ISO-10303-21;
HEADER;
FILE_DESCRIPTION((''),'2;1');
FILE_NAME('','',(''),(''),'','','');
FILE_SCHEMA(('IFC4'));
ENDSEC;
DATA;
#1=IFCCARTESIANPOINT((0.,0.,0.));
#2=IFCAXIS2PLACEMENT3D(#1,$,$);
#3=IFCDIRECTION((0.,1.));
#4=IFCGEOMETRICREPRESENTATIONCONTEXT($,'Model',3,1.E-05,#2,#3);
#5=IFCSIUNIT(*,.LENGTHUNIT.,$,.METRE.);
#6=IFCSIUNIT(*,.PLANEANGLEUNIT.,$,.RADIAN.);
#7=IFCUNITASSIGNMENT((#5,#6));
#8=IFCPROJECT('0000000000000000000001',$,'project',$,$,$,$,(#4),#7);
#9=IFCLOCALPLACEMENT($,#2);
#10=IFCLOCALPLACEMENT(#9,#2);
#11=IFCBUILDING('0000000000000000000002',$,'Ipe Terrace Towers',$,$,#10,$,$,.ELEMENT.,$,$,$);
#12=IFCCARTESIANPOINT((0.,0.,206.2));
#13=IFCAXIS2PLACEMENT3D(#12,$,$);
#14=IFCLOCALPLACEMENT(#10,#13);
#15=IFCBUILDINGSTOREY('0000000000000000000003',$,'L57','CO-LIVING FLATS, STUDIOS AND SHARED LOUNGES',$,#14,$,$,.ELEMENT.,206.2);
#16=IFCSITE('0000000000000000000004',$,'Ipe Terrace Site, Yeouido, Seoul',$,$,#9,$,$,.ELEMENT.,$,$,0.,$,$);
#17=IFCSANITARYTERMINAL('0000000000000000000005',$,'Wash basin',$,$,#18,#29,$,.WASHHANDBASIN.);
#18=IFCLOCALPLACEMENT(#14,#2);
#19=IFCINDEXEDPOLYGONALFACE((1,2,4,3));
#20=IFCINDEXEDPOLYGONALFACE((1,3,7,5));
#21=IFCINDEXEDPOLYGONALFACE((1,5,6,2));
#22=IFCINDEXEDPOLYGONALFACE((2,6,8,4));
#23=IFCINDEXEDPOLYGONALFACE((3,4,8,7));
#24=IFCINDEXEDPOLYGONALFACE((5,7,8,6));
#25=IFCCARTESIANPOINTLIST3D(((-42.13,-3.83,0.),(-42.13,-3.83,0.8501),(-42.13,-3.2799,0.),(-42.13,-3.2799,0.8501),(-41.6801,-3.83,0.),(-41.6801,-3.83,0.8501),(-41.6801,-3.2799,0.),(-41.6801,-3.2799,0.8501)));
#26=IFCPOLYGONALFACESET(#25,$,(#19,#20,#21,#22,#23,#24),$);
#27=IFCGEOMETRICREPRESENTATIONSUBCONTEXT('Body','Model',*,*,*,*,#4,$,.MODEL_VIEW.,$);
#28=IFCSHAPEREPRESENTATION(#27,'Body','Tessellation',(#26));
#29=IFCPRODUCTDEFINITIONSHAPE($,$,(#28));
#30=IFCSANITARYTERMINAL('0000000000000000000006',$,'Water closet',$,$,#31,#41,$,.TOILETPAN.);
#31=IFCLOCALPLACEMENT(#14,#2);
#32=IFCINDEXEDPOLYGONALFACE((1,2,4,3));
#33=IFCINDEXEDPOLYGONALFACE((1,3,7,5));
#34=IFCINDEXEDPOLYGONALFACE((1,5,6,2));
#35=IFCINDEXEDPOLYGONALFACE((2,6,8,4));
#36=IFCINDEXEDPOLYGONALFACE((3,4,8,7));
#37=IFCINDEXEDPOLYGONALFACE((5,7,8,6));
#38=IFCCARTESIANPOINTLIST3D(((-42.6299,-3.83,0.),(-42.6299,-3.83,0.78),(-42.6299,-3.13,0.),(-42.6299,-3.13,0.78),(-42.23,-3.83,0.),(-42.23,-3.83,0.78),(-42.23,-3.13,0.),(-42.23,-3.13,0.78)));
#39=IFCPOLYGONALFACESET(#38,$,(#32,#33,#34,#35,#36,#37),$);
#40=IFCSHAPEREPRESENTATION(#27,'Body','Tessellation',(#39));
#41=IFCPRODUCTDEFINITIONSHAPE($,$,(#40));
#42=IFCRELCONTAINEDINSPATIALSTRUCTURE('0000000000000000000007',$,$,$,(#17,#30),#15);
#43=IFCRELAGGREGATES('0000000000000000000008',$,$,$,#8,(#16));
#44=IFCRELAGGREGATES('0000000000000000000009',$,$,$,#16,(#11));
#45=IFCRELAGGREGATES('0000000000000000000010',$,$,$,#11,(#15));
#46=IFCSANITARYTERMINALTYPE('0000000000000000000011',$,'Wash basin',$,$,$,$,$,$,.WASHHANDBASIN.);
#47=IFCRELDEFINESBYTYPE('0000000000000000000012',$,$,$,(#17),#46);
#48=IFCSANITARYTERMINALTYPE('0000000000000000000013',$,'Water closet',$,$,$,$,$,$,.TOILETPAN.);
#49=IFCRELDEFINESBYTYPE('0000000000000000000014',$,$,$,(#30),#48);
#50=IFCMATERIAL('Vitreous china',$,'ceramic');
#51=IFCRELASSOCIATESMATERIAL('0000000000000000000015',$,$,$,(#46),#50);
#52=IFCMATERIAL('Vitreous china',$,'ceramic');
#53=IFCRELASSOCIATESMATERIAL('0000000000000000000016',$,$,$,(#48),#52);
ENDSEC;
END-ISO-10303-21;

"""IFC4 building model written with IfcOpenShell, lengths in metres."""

from ifc_helpers import new_model, si_unit, direction, frame, origin, origin_2d, place, context, subcontext, project, spatial, rectangle, extrude, material, type_object, element, save


model = new_model("IFC4")

# Units and contexts
model_context = context("Model", 3, precision=1e-05, world=origin(), true_north=direction((0.0, 1.0)))
body_context = subcontext(model_context, "Body", "Model", "MODEL_VIEW")
ifc_project = project(units=[si_unit("LENGTHUNIT", "METRE"), si_unit("PLANEANGLEUNIT", "RADIAN")], contexts=[model_context])

# Site, building, storey
site_placement = place(None, origin())
site = spatial("IfcSite", under=ifc_project, at=site_placement, Name="Ipe Terrace Site, Yeouido, Seoul", CompositionType="ELEMENT", RefElevation=0.0)
building_placement = place(site_placement, origin())
building = spatial("IfcBuilding", under=site, at=building_placement, Name="Ipe Terrace Towers", CompositionType="ELEMENT")
storey_placement = place(building_placement, frame((0.0, 0.0, 206.2)))
storey = spatial("IfcBuildingStorey", under=building, at=storey_placement, Name="L57", Description="CO-LIVING FLATS, STUDIOS AND SHARED LOUNGES", CompositionType="ELEMENT", Elevation=206.2)

# Sanitary terminals
ifc_material_1 = material(Name="Vitreous china", Category="ceramic")
sanitary_terminal_type_1 = type_object("IfcSanitaryTerminalType", Name="Wash basin", PredefinedType="WASHHANDBASIN", material=ifc_material_1)
sanitary_terminal_1_placement = place(storey_placement, frame((-41.905, -3.5549, 0.0), z_axis=(0.0, 0.0, 1.0), x_axis=(0.0, 1.0, 0.0)))
element("IfcSanitaryTerminal", 1, at=sanitary_terminal_1_placement, inside=storey, type_object=sanitary_terminal_type_1, Name="Wash basin", PredefinedType="WASHHANDBASIN", context=body_context, shape_type="SweptSolid", body=[
    extrude(rectangle(XDim=0.55, YDim=0.45, at=origin_2d()), origin(), (0.0, 0.0, 1.0), 0.8501),
])
ifc_material_2 = material(Name="Vitreous china", Category="ceramic")
sanitary_terminal_type_2 = type_object("IfcSanitaryTerminalType", Name="Water closet", PredefinedType="TOILETPAN", material=ifc_material_2)
sanitary_terminal_2_placement = place(storey_placement, frame((-42.4299, -3.48, 0.0), z_axis=(0.0, 0.0, 1.0), x_axis=(0.0, 1.0, 0.0)))
element("IfcSanitaryTerminal", 2, at=sanitary_terminal_2_placement, inside=storey, type_object=sanitary_terminal_type_2, Name="Water closet", PredefinedType="TOILETPAN", context=body_context, shape_type="SweptSolid", body=[
    extrude(rectangle(XDim=0.7, YDim=0.3999, at=origin_2d()), origin(), (0.0, 0.0, 1.0), 0.78),
])

save(model, "model.ifc")
